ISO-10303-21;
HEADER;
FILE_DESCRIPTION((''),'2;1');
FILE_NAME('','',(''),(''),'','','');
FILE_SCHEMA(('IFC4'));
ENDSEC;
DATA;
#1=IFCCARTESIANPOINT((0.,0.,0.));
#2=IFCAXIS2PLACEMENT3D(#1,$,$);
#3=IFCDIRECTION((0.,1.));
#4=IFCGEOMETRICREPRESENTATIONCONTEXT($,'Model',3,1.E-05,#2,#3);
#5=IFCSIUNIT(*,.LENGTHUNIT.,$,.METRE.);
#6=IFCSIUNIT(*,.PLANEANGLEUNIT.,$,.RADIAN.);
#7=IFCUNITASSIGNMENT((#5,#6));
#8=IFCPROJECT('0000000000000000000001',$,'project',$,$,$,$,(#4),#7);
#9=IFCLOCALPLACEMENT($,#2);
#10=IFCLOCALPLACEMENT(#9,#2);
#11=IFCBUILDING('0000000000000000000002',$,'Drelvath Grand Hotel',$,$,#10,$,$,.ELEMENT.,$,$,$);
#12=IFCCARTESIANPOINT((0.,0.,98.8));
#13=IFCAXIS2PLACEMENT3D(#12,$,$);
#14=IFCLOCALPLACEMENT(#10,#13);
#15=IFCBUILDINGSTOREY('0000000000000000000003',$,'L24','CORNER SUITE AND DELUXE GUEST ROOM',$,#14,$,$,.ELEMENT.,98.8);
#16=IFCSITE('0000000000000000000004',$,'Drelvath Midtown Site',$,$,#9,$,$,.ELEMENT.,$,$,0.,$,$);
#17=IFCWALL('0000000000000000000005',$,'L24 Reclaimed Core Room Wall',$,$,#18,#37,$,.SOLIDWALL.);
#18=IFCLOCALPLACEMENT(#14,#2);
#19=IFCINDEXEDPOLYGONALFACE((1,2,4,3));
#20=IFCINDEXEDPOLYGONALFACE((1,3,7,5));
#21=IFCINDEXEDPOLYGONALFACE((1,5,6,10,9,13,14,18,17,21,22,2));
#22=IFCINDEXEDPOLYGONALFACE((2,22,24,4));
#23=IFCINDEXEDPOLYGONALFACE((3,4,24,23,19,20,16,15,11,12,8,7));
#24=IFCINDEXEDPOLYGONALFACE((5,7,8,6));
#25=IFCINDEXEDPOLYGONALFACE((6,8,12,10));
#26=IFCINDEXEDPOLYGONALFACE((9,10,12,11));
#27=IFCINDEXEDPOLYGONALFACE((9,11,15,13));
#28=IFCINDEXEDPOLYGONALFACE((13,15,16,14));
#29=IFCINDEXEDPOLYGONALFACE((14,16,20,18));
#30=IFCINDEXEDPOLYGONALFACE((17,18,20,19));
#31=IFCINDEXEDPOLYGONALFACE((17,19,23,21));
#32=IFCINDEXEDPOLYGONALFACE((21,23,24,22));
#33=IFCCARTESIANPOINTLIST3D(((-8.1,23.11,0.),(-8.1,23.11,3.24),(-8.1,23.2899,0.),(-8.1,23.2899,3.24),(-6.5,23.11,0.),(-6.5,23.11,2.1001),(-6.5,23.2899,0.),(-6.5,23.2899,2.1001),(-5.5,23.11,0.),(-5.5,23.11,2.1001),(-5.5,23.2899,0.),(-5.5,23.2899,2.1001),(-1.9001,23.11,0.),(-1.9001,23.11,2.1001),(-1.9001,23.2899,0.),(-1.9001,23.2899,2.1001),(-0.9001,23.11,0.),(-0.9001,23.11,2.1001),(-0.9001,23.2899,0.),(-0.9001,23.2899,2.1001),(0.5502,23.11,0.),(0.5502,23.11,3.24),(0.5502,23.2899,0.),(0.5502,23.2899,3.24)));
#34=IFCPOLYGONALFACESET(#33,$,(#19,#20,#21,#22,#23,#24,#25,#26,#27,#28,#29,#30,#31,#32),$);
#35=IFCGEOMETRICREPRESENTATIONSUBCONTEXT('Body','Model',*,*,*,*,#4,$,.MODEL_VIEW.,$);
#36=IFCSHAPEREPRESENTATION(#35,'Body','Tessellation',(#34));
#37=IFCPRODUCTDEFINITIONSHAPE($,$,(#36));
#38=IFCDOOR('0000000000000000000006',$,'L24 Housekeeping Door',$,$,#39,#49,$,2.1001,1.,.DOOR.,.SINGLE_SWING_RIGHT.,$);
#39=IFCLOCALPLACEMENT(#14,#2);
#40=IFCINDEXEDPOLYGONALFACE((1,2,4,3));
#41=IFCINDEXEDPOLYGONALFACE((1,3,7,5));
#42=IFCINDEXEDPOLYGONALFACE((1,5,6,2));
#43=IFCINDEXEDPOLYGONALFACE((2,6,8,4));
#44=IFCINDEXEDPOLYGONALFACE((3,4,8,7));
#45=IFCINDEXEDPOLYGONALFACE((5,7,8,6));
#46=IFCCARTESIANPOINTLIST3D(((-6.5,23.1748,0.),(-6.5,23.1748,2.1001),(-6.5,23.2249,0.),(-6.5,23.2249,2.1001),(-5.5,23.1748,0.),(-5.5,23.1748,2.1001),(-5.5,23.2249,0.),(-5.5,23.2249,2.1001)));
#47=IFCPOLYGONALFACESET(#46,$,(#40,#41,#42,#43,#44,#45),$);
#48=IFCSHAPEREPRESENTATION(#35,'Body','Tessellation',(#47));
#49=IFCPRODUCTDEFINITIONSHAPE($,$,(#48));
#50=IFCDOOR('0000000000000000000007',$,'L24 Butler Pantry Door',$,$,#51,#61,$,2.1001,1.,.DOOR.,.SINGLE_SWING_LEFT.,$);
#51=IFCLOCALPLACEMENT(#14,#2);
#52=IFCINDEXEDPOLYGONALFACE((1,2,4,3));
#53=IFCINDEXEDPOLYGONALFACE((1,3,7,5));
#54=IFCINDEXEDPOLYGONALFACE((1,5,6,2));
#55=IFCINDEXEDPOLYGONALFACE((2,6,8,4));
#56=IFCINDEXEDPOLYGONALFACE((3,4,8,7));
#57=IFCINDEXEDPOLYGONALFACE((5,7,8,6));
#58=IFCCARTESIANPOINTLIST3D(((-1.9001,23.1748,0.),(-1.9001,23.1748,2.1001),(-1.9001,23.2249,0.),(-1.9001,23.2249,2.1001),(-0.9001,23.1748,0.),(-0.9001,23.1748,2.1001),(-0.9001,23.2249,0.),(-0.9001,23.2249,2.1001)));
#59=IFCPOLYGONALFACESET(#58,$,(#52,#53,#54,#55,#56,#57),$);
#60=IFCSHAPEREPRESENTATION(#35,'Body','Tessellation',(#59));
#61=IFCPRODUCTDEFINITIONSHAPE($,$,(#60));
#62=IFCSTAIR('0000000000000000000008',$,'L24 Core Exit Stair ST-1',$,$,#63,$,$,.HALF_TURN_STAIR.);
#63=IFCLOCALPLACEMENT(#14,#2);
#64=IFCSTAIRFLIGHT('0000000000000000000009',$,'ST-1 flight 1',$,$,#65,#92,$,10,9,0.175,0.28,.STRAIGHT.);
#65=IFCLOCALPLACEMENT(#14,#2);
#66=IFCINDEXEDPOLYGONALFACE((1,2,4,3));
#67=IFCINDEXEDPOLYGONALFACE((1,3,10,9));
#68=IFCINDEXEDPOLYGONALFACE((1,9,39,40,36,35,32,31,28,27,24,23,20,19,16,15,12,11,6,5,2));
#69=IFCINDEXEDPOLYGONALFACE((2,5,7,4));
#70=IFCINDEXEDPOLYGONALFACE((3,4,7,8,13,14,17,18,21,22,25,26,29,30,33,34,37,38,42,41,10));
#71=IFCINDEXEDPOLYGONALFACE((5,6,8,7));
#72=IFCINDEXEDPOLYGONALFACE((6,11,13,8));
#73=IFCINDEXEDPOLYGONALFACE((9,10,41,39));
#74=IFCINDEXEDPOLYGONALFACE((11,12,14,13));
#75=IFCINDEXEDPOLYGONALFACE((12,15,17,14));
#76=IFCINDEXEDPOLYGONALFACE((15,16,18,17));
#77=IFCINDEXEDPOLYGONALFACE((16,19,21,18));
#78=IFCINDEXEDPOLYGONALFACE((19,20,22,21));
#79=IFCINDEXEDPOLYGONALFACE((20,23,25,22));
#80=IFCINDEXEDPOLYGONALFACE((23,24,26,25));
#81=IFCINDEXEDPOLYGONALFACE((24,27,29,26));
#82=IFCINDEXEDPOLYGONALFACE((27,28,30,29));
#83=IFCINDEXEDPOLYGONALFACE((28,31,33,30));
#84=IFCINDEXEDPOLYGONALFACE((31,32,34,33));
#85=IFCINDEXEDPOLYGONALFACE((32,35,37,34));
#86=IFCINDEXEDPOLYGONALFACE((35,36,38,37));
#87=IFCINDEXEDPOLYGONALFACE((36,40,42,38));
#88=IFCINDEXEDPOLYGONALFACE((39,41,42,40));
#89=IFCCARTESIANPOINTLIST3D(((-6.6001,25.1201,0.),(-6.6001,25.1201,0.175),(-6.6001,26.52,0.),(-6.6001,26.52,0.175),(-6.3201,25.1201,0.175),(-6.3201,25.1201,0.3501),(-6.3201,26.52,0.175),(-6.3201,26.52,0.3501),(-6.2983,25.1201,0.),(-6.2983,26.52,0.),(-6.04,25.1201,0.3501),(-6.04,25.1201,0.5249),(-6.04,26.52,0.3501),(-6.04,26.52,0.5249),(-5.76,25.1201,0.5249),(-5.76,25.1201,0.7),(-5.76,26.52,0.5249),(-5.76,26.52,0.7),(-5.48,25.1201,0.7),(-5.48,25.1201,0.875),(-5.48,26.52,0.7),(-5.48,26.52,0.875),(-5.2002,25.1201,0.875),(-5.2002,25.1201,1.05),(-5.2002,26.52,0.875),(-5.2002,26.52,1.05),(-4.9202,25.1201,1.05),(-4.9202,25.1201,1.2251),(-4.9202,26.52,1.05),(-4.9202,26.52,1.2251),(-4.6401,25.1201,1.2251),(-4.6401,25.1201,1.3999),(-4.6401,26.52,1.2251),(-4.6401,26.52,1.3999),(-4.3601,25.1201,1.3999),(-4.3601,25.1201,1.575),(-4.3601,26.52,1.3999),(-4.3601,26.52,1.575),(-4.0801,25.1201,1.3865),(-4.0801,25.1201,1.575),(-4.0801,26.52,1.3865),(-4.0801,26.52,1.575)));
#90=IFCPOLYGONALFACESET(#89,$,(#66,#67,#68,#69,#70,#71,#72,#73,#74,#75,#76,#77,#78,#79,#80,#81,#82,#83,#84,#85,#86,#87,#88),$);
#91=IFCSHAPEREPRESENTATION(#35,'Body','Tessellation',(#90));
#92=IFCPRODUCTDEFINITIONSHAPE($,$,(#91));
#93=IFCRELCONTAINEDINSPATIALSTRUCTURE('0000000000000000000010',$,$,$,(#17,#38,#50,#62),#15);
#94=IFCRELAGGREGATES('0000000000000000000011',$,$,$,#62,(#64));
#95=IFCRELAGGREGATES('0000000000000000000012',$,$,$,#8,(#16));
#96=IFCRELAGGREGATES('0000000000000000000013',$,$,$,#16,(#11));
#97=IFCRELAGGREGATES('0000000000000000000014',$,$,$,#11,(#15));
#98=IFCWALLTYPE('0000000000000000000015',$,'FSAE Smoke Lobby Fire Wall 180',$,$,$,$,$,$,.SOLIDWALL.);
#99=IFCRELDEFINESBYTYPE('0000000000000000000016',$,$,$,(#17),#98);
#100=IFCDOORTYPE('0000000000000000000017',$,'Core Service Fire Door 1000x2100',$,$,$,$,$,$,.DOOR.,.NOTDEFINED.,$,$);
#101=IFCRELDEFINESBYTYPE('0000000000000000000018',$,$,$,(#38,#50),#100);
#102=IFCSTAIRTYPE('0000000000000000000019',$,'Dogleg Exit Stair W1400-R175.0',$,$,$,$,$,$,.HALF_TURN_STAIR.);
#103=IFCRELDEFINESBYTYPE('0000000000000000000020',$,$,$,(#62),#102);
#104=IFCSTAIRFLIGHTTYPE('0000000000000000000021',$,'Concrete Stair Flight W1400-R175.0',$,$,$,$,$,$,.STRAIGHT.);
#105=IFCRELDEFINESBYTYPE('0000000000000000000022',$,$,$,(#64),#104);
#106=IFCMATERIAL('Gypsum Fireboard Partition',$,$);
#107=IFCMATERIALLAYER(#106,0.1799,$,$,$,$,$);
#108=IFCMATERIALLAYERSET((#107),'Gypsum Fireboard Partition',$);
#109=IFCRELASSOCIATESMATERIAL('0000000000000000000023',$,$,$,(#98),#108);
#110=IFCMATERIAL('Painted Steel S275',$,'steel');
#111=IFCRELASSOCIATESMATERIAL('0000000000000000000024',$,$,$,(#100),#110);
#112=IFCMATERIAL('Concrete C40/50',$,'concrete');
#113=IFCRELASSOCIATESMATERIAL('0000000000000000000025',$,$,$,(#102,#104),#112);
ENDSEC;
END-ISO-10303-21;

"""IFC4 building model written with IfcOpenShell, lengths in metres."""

from ifc_helpers import new_model, si_unit, direction, frame, frame_2d, origin, place, context, subcontext, project, spatial, polyline, rectangle, outline, extrude, material, layer, layer_set, type_object, element, fill, aggregate, save


model = new_model("IFC4")

# Units and contexts
model_context = context("Model", 3, precision=1e-05, world=origin(), true_north=direction((0.0, 1.0)))
body_context = subcontext(model_context, "Body", "Model", "MODEL_VIEW")
ifc_project = project(units=[si_unit("LENGTHUNIT", "METRE"), si_unit("PLANEANGLEUNIT", "RADIAN")], contexts=[model_context])

# Site, building, storey
site_placement = place(None, origin())
site = spatial("IfcSite", under=ifc_project, at=site_placement, Name="Drelvath Midtown Site", CompositionType="ELEMENT", RefElevation=0.0)
building_placement = place(site_placement, origin())
building = spatial("IfcBuilding", under=site, at=building_placement, Name="Drelvath Grand Hotel", CompositionType="ELEMENT")
storey_placement = place(building_placement, frame((0.0, 0.0, 98.8)))
storey = spatial("IfcBuildingStorey", under=building, at=storey_placement, Name="L24", Description="CORNER SUITE AND DELUXE GUEST ROOM", CompositionType="ELEMENT", Elevation=98.8)

# Shared definitions
ifc_material_1 = material(Name="Concrete C40/50", Category="concrete")
ifc_material_2 = material(Name="Painted Steel S275", Category="steel")

# Wall, openings, doors
ifc_material_3 = material(Name="Gypsum Fireboard Partition")
ifc_layer_1 = layer(ifc_material_3, 0.1799)
ifc_layer_set_1 = layer_set([ifc_layer_1], Name="Gypsum Fireboard Partition")
wall_type_1 = type_object("IfcWallType", Name="FSAE Smoke Lobby Fire Wall 180", PredefinedType="SOLIDWALL", material=ifc_layer_set_1)
wall_1_placement = place(storey_placement, frame((-8.1001, 23.2, 0.0), z_axis=(0.0, 0.0, 1.0), x_axis=(1.0, 0.0, 0.0)))
wall_1 = element("IfcWall", 1, at=wall_1_placement, inside=storey, type_object=wall_type_1, Name="L24 Reclaimed Core Room Wall", PredefinedType="SOLIDWALL", context=body_context, shape_type="SweptSolid", body=[
    extrude(rectangle(XDim=8.6501, YDim=0.1799, at=frame_2d((4.3252, 0.0))), origin(), (0.0, 0.0, 1.0), 3.24),
])
opening_1_placement = place(wall_1_placement, frame((1.6001, 0.0, 0.0)))
opening_1 = element("IfcOpeningElement", 2, at=opening_1_placement, cuts=wall_1, PredefinedType="OPENING", context=body_context, shape_type="SweptSolid", body=[
    extrude(rectangle(XDim=1.0, YDim=2.1001, at=frame_2d((0.5, 1.05))), frame((0.0, 0.0999, 0.0), z_axis=(0.0, -1.0, 0.0), x_axis=(1.0, 0.0, 0.0)), (0.0, 0.0, 1.0), 0.2),
])
opening_2_placement = place(wall_1_placement, frame((6.2, 0.0, 0.0)))
opening_2 = element("IfcOpeningElement", 3, at=opening_2_placement, cuts=wall_1, PredefinedType="OPENING", context=body_context, shape_type="SweptSolid", body=[
    extrude(rectangle(XDim=1.0, YDim=2.1001, at=frame_2d((0.5, 1.05))), frame((0.0, 0.0999, 0.0), z_axis=(0.0, -1.0, 0.0), x_axis=(1.0, 0.0, 0.0)), (0.0, 0.0, 1.0), 0.2),
])
door_type_1 = type_object("IfcDoorType", Name="Core Service Fire Door 1000x2100", OperationType="NOTDEFINED", PredefinedType="DOOR", material=ifc_material_2)
door_1_placement = place(opening_1_placement, origin())
door_1 = element("IfcDoor", 4, at=door_1_placement, inside=storey, type_object=door_type_1, Name="L24 Housekeeping Door", OperationType="SINGLE_SWING_RIGHT", OverallHeight=2.1001, OverallWidth=1.0, PredefinedType="DOOR", context=body_context, shape_type="SweptSolid", body=[
    extrude(rectangle(XDim=1.0, YDim=2.1001, at=frame_2d((0.5, 1.05))), frame((0.0, 0.0249, 0.0), z_axis=(0.0, -1.0, 0.0), x_axis=(1.0, 0.0, 0.0)), (0.0, 0.0, 1.0), 0.05),
])
fill(opening_1, door_1)
door_2_placement = place(opening_2_placement, origin())
door_2 = element("IfcDoor", 5, at=door_2_placement, inside=storey, type_object=door_type_1, Name="L24 Butler Pantry Door", OperationType="SINGLE_SWING_LEFT", OverallHeight=2.1001, OverallWidth=1.0, PredefinedType="DOOR", context=body_context, shape_type="SweptSolid", body=[
    extrude(rectangle(XDim=1.0, YDim=2.1001, at=frame_2d((0.5, 1.05))), frame((0.0, 0.0249, 0.0), z_axis=(0.0, -1.0, 0.0), x_axis=(1.0, 0.0, 0.0)), (0.0, 0.0, 1.0), 0.05),
])
fill(opening_2, door_2)

# Stair, stair flight
stair_type = type_object("IfcStairType", Name="Dogleg Exit Stair W1400-R175.0", PredefinedType="HALF_TURN_STAIR", material=ifc_material_1)
stair_placement = place(storey_placement, origin())
stair = element("IfcStair", 6, at=stair_placement, inside=storey, type_object=stair_type, Name="L24 Core Exit Stair ST-1", PredefinedType="HALF_TURN_STAIR")
stair_flight_type = type_object("IfcStairFlightType", Name="Concrete Stair Flight W1400-R175.0", PredefinedType="STRAIGHT", material=ifc_material_1)
stair_flight_placement = place(storey_placement, frame((-6.6001, 25.8201, 0.0), z_axis=(0.0, 0.0, 1.0), x_axis=(1.0, 0.0, 0.0)))
stair_flight = element("IfcStairFlight", 7, at=stair_flight_placement, type_object=stair_flight_type, Name="ST-1 flight 1", NumberOfRisers=10, NumberOfTreads=9, PredefinedType="STRAIGHT", RiserHeight=0.175, TreadLength=0.28, context=body_context, shape_type="SweptSolid", body=[
    extrude(outline(polyline([(0.0, 0.0), (0.0, 0.175), (0.28, 0.175), (0.28, 0.3501), (0.5601, 0.3501), (0.5601, 0.5249), (0.8401, 0.5249), (0.8401, 0.7), (1.1201, 0.7), (1.1201, 0.875), (1.3999, 0.875), (1.3999, 1.05), (1.6799, 1.05), (1.6799, 1.2251), (1.96, 1.2251), (1.96, 1.3999), (2.24, 1.3999), (2.24, 1.575), (2.52, 1.575), (2.52, 1.75), (2.52, 1.3865), (0.3018, 0.0), (0.0, 0.0)])), frame((0.0, 0.7, 0.0), z_axis=(0.0, -1.0, 0.0), x_axis=(1.0, 0.0, 0.0)), (0.0, 0.0, 1.0), 1.3999),
])
aggregate(stair, [stair_flight])

save(model, "model.ifc")
